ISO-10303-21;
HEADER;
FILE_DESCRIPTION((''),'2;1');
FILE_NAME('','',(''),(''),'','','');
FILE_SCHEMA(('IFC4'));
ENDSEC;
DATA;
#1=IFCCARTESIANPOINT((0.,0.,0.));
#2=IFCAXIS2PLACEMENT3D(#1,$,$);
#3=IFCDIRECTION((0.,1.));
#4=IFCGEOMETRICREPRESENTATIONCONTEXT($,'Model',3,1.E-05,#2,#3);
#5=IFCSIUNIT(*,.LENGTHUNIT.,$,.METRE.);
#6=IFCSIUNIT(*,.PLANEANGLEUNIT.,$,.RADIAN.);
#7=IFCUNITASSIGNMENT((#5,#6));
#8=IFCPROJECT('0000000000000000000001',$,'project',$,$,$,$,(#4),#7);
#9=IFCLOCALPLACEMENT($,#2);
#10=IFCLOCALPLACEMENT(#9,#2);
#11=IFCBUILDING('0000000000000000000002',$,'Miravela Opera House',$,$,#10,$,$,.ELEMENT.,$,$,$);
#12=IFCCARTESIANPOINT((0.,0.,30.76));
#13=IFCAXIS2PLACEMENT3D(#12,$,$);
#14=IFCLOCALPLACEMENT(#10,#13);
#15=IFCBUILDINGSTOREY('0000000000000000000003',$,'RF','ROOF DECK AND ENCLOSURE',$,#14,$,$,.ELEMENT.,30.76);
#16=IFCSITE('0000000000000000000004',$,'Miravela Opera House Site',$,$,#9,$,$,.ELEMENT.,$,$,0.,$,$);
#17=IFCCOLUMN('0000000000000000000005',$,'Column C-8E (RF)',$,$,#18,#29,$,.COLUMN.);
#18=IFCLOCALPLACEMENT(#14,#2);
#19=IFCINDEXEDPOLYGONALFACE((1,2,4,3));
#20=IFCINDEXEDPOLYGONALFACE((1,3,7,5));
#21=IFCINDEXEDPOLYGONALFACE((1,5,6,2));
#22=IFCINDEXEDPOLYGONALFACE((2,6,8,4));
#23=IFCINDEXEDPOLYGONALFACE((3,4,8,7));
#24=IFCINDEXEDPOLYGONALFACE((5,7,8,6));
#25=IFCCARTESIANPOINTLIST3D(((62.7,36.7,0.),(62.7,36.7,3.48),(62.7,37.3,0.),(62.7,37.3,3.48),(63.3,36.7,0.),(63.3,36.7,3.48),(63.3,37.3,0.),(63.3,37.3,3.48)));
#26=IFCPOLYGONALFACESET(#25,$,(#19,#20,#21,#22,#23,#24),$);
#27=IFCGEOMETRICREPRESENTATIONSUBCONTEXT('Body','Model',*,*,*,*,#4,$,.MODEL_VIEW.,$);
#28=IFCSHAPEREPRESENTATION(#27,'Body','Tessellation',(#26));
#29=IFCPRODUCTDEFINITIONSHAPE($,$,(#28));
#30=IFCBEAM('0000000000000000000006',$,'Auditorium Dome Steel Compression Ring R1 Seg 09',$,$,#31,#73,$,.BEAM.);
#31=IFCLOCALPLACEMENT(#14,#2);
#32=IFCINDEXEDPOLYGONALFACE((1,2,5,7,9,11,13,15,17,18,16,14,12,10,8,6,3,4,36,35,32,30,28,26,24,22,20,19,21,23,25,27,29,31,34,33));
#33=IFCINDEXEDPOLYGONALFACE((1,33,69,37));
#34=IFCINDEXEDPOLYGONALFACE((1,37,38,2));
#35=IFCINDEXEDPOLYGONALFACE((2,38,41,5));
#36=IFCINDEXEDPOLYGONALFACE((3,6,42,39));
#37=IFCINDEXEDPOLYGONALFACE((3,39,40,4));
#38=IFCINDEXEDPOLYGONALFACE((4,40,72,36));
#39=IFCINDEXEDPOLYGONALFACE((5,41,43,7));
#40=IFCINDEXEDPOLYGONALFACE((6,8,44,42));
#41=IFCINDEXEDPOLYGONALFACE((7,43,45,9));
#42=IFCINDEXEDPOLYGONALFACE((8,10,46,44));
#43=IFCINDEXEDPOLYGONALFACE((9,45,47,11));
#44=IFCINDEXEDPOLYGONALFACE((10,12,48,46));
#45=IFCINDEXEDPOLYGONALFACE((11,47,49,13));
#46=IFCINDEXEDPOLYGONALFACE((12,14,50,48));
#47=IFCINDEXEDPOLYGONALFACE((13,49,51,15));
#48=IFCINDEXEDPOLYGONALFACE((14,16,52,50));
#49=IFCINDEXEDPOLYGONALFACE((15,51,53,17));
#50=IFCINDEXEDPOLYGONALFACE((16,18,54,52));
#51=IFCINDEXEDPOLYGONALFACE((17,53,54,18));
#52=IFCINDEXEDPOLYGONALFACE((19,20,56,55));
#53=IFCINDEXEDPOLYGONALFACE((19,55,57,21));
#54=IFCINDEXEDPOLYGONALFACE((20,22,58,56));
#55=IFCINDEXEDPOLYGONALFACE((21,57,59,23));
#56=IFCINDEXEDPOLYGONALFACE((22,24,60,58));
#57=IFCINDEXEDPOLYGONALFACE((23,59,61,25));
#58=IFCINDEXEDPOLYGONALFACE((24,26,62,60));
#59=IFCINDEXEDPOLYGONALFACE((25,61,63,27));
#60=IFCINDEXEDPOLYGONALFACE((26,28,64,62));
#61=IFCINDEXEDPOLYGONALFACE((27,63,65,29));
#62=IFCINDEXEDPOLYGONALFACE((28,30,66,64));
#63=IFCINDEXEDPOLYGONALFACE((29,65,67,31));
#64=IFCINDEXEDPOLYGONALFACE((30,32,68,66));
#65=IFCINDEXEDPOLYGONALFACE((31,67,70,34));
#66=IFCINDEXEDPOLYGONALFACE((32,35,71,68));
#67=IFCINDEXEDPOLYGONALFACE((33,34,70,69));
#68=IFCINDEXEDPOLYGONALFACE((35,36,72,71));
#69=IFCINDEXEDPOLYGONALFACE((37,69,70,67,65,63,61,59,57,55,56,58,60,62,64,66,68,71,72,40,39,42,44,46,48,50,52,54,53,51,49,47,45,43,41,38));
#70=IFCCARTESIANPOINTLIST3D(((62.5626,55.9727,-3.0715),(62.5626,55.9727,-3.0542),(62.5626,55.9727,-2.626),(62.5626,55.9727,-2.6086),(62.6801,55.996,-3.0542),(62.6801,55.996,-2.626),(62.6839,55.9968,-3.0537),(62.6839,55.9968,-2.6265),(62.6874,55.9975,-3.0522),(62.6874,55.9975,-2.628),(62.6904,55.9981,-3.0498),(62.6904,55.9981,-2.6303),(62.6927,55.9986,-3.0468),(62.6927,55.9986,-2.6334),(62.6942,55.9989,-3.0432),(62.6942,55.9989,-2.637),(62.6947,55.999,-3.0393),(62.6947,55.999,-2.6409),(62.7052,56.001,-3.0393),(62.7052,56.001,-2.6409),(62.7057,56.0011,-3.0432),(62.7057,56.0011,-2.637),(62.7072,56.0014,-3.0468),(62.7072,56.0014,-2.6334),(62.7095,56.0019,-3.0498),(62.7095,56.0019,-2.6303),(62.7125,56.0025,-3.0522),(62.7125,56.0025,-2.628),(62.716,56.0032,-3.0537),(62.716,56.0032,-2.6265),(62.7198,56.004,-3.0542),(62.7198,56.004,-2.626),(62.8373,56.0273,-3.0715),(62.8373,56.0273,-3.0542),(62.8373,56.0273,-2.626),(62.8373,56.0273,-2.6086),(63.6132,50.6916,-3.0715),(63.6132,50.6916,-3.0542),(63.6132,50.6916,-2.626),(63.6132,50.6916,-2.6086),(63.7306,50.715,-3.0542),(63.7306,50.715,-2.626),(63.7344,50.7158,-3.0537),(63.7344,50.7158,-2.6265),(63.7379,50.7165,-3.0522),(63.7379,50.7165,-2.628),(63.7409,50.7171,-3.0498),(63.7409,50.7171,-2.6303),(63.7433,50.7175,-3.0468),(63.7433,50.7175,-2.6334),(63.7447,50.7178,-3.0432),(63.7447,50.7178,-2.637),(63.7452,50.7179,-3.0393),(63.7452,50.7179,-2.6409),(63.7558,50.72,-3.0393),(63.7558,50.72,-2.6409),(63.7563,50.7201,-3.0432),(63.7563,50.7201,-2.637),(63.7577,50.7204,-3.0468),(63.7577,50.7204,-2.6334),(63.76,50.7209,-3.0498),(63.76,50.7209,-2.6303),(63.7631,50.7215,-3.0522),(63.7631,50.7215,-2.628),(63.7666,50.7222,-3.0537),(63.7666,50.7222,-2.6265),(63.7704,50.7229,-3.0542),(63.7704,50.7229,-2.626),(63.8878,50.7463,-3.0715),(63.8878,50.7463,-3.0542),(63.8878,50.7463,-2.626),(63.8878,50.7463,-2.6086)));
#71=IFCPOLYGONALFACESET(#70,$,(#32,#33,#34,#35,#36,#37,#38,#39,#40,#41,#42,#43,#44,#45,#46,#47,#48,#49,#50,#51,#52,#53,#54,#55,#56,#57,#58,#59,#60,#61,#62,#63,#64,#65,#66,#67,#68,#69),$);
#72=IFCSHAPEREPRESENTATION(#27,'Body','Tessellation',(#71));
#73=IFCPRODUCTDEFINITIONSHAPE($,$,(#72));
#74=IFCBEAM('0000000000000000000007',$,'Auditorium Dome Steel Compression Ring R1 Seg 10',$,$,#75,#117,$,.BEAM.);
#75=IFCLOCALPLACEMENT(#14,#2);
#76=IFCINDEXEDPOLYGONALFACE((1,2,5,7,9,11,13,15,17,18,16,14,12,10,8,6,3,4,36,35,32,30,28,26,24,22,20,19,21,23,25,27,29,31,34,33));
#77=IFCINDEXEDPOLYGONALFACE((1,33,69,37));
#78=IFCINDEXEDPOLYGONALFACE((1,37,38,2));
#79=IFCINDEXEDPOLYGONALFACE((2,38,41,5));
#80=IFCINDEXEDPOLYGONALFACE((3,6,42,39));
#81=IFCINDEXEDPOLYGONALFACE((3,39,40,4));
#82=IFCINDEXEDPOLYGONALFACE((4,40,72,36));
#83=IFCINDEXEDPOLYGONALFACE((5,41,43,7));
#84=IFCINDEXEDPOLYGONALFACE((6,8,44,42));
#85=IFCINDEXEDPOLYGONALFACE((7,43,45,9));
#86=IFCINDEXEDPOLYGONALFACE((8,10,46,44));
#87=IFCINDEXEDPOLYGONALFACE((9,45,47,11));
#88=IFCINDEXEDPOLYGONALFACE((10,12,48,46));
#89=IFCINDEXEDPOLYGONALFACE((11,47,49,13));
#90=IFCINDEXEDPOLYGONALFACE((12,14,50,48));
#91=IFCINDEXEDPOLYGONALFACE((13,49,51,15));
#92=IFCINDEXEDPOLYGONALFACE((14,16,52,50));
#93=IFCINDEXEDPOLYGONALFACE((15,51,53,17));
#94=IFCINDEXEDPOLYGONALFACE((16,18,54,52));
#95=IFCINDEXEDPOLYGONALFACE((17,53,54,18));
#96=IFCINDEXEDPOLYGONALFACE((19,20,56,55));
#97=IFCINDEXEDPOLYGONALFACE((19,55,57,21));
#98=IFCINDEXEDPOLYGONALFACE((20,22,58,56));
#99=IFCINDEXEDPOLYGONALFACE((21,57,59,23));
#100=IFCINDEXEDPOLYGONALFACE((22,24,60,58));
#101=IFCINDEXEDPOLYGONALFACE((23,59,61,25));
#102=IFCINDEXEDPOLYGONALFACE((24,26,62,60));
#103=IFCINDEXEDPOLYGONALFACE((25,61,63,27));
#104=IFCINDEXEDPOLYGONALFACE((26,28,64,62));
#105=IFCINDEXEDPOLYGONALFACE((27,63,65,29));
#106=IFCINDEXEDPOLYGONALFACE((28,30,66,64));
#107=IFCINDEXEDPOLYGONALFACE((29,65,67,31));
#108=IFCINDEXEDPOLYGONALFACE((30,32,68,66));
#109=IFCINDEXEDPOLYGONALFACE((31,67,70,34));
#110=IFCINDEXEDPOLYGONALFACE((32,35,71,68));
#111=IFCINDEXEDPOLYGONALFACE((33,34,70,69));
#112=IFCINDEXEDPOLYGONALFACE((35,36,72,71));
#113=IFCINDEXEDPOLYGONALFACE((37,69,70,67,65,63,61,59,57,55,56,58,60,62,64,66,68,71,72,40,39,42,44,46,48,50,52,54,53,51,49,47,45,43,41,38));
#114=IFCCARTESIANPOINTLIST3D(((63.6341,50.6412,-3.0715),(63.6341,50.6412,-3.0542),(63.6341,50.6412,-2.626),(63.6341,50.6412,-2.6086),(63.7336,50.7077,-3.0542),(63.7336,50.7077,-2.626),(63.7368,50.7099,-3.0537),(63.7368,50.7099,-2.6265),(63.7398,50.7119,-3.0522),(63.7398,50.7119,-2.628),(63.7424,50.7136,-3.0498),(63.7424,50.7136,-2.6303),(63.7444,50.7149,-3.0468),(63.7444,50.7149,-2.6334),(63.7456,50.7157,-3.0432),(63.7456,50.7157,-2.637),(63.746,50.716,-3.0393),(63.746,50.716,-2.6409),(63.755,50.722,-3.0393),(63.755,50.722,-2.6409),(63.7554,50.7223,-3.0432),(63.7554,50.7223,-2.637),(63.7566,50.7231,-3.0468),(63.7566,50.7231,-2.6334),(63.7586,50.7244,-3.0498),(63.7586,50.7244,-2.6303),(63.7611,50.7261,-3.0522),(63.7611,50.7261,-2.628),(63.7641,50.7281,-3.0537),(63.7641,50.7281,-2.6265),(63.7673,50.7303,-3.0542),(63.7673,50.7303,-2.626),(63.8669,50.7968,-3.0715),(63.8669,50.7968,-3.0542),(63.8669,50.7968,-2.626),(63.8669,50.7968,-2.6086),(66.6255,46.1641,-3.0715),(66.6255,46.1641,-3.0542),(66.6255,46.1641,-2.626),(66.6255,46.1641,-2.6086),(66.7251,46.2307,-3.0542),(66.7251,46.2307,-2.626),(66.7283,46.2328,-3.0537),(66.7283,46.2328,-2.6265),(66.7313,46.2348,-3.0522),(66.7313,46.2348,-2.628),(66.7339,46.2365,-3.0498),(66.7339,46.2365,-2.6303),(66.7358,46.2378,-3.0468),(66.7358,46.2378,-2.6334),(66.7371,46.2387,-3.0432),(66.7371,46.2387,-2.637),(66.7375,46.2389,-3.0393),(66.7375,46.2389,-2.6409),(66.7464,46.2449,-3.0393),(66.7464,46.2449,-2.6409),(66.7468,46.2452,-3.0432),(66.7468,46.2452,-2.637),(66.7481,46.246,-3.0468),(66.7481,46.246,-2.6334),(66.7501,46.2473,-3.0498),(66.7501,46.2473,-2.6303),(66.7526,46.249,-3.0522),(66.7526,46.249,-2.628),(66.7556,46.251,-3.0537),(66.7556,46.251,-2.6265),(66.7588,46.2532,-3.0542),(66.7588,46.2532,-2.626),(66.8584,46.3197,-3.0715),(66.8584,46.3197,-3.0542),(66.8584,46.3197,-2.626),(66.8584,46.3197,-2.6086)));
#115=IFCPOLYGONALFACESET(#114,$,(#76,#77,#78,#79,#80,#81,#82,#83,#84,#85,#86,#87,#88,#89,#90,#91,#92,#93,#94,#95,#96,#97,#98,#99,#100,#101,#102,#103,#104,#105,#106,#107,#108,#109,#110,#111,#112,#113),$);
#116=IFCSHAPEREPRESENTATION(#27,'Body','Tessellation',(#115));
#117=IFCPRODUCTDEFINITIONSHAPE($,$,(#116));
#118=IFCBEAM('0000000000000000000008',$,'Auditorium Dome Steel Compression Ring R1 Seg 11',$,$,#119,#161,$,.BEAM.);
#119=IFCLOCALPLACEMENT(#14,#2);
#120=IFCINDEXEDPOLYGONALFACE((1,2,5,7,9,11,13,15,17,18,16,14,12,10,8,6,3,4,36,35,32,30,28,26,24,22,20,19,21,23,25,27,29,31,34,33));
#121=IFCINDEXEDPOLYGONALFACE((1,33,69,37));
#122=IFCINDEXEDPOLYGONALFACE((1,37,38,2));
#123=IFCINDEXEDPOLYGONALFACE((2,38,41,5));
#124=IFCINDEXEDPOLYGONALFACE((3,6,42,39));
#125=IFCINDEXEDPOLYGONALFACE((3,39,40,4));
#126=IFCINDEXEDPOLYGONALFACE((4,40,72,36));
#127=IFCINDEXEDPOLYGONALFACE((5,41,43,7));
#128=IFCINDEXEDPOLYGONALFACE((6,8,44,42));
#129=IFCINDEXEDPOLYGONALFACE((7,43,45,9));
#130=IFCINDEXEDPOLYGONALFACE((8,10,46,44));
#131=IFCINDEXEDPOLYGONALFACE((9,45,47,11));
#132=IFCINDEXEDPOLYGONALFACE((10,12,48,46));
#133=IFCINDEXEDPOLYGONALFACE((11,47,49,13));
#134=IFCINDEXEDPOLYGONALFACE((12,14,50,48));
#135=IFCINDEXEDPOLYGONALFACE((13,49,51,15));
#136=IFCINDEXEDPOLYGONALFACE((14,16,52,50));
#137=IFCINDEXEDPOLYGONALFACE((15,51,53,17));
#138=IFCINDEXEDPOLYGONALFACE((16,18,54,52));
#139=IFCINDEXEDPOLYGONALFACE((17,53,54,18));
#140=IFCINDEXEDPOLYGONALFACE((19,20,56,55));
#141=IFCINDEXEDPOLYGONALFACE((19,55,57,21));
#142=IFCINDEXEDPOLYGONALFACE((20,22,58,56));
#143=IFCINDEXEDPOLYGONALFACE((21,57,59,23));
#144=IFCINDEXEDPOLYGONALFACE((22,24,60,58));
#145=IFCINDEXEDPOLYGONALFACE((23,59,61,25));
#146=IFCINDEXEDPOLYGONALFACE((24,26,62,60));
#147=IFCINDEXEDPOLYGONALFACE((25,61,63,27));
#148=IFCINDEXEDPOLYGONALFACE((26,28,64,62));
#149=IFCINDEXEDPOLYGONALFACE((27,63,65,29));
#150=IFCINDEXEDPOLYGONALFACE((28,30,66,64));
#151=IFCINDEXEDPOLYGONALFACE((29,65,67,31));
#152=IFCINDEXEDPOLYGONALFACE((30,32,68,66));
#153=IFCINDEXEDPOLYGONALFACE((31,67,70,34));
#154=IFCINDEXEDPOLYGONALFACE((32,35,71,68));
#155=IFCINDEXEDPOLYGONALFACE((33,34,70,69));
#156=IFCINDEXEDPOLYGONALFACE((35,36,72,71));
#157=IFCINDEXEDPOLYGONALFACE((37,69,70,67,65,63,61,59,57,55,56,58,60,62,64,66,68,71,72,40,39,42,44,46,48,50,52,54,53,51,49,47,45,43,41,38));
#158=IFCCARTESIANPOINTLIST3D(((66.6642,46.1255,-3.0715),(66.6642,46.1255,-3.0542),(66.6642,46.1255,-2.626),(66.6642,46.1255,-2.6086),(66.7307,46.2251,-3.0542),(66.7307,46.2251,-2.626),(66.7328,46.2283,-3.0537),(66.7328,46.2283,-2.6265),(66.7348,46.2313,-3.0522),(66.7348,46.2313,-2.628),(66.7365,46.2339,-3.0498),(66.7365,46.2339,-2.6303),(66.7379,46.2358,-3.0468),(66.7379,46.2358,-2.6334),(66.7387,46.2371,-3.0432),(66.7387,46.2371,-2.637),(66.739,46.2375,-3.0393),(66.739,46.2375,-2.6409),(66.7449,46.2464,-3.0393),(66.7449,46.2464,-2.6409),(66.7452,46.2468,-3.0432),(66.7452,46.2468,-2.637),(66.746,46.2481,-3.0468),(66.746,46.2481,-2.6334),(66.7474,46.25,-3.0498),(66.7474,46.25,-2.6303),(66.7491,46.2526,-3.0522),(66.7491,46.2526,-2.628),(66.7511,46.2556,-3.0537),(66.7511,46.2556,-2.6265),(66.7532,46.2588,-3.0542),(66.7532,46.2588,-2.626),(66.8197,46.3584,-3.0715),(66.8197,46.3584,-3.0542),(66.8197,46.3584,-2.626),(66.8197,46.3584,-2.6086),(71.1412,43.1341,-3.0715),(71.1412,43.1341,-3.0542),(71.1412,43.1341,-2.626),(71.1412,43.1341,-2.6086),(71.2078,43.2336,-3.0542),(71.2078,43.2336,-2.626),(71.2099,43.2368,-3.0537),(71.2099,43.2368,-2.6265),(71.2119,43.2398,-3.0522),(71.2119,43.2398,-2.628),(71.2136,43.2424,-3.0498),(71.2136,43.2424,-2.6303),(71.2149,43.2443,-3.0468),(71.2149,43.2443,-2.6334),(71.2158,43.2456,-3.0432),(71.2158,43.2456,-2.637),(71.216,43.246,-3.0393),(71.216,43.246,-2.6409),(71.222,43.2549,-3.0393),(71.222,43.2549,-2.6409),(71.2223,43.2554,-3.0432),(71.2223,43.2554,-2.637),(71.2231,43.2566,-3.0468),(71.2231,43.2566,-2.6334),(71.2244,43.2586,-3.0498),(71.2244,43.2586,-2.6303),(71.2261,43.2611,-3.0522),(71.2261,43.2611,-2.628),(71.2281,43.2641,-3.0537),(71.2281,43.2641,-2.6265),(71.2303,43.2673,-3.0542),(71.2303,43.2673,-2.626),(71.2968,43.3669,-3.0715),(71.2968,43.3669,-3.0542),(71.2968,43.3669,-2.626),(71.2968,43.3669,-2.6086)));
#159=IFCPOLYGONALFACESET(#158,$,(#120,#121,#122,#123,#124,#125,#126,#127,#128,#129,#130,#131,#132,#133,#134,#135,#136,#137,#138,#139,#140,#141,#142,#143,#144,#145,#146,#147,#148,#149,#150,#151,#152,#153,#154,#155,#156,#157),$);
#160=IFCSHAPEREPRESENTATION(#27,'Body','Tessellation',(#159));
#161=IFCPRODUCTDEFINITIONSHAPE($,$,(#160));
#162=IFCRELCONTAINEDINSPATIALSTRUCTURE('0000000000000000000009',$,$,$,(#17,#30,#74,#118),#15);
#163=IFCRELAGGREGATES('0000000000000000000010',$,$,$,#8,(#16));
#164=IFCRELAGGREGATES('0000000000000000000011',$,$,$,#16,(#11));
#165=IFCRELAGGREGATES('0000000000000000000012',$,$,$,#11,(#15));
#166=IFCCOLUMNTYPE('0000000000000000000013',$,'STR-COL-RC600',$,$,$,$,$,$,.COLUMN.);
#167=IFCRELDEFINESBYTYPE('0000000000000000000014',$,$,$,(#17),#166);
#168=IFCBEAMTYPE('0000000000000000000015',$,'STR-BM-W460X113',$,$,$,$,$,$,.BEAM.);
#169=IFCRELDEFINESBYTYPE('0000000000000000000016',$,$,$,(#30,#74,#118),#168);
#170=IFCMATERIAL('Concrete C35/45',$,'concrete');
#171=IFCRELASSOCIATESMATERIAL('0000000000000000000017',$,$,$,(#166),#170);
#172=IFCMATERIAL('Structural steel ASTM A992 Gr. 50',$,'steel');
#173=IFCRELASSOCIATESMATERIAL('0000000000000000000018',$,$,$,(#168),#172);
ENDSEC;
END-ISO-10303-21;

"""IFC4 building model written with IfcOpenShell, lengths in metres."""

from ifc_helpers import new_model, si_unit, direction, frame, origin, origin_2d, place, context, subcontext, project, spatial, rectangle, i_section, extrude, material, material_profile, profile_set, type_object, element, save


model = new_model("IFC4")

# Units and contexts
model_context = context("Model", 3, precision=1e-05, world=origin(), true_north=direction((0.0, 1.0)))
body_context = subcontext(model_context, "Body", "Model", "MODEL_VIEW")
ifc_project = project(units=[si_unit("LENGTHUNIT", "METRE"), si_unit("PLANEANGLEUNIT", "RADIAN")], contexts=[model_context])

# Site, building, storey
site_placement = place(None, origin())
site = spatial("IfcSite", under=ifc_project, at=site_placement, Name="Miravela Opera House Site", CompositionType="ELEMENT", RefElevation=0.0)
building_placement = place(site_placement, origin())
building = spatial("IfcBuilding", under=site, at=building_placement, Name="Miravela Opera House", CompositionType="ELEMENT")
storey_placement = place(building_placement, frame((0.0, 0.0, 30.76)))
storey = spatial("IfcBuildingStorey", under=building, at=storey_placement, Name="RF", Description="ROOF DECK AND ENCLOSURE", CompositionType="ELEMENT", Elevation=30.76)

# Column
ifc_material_1 = material(Name="Concrete C35/45", Category="concrete")
ifc_material_profile_1 = material_profile(ifc_material_1, rectangle(XDim=0.6001, YDim=0.6001, at=origin_2d()), Name="RC-COL-600X600")
ifc_profile_set_1 = profile_set([ifc_material_profile_1])
column_type = type_object("IfcColumnType", Name="STR-COL-RC600", PredefinedType="COLUMN", material=ifc_profile_set_1)
column_placement = place(storey_placement, frame((63.0, 37.0, 0.0), z_axis=(0.0, 0.0, 1.0), x_axis=(1.0, 0.0, 0.0)))
element("IfcColumn", 1, at=column_placement, inside=storey, type_object=column_type, Name="Column C-8E (RF)", PredefinedType="COLUMN", context=body_context, shape_type="SweptSolid", body=[
    extrude(rectangle(XDim=0.6001, YDim=0.6001, at=origin_2d()), origin(), (0.0, 0.0, 1.0), 3.48),
])

# Beams
ifc_material_2 = material(Name="Structural steel ASTM A992 Gr. 50", Category="steel")
ifc_material_profile_2 = material_profile(ifc_material_2, i_section(OverallWidth=0.28, OverallDepth=0.4629, WebThickness=0.0107, FlangeThickness=0.0173, FilletRadius=0.0149, at=origin_2d()), Name="W460X113")
ifc_profile_set_2 = profile_set([ifc_material_profile_2])
beam_type = type_object("IfcBeamType", Name="STR-BM-W460X113", PredefinedType="BEAM", material=ifc_profile_set_2)
for number, where, z_axis, x_axis, name in (
    (2, (62.7, 56.0, -2.8401), (0.195105, -0.980782, 0.0), (0.980782, 0.195105, 0.0), "Auditorium Dome Steel Compression Ring R1 Seg 09"),
    (3, (63.7505, 50.719, -2.8401), (0.555568, -0.831471, 0.0), (0.831471, 0.555568, 0.0), "Auditorium Dome Steel Compression Ring R1 Seg 10"),
    (4, (66.7419, 46.2419, -2.8401), (0.831471, -0.555568, 0.0), (0.555568, 0.831471, 0.0), "Auditorium Dome Steel Compression Ring R1 Seg 11"),
):
    element("IfcBeam", number, at=place(storey_placement, frame(where, z_axis=z_axis, x_axis=x_axis)), inside=storey, type_object=beam_type, Name=name, PredefinedType="BEAM", context=body_context, shape_type="SweptSolid", body=[
        extrude(i_section(OverallWidth=0.28, OverallDepth=0.4629, WebThickness=0.0107, FlangeThickness=0.0173, FilletRadius=0.0149, at=origin_2d()), origin(), (0.0, 0.0, 1.0), 5.3845),
    ])

save(model, "model.ifc")
